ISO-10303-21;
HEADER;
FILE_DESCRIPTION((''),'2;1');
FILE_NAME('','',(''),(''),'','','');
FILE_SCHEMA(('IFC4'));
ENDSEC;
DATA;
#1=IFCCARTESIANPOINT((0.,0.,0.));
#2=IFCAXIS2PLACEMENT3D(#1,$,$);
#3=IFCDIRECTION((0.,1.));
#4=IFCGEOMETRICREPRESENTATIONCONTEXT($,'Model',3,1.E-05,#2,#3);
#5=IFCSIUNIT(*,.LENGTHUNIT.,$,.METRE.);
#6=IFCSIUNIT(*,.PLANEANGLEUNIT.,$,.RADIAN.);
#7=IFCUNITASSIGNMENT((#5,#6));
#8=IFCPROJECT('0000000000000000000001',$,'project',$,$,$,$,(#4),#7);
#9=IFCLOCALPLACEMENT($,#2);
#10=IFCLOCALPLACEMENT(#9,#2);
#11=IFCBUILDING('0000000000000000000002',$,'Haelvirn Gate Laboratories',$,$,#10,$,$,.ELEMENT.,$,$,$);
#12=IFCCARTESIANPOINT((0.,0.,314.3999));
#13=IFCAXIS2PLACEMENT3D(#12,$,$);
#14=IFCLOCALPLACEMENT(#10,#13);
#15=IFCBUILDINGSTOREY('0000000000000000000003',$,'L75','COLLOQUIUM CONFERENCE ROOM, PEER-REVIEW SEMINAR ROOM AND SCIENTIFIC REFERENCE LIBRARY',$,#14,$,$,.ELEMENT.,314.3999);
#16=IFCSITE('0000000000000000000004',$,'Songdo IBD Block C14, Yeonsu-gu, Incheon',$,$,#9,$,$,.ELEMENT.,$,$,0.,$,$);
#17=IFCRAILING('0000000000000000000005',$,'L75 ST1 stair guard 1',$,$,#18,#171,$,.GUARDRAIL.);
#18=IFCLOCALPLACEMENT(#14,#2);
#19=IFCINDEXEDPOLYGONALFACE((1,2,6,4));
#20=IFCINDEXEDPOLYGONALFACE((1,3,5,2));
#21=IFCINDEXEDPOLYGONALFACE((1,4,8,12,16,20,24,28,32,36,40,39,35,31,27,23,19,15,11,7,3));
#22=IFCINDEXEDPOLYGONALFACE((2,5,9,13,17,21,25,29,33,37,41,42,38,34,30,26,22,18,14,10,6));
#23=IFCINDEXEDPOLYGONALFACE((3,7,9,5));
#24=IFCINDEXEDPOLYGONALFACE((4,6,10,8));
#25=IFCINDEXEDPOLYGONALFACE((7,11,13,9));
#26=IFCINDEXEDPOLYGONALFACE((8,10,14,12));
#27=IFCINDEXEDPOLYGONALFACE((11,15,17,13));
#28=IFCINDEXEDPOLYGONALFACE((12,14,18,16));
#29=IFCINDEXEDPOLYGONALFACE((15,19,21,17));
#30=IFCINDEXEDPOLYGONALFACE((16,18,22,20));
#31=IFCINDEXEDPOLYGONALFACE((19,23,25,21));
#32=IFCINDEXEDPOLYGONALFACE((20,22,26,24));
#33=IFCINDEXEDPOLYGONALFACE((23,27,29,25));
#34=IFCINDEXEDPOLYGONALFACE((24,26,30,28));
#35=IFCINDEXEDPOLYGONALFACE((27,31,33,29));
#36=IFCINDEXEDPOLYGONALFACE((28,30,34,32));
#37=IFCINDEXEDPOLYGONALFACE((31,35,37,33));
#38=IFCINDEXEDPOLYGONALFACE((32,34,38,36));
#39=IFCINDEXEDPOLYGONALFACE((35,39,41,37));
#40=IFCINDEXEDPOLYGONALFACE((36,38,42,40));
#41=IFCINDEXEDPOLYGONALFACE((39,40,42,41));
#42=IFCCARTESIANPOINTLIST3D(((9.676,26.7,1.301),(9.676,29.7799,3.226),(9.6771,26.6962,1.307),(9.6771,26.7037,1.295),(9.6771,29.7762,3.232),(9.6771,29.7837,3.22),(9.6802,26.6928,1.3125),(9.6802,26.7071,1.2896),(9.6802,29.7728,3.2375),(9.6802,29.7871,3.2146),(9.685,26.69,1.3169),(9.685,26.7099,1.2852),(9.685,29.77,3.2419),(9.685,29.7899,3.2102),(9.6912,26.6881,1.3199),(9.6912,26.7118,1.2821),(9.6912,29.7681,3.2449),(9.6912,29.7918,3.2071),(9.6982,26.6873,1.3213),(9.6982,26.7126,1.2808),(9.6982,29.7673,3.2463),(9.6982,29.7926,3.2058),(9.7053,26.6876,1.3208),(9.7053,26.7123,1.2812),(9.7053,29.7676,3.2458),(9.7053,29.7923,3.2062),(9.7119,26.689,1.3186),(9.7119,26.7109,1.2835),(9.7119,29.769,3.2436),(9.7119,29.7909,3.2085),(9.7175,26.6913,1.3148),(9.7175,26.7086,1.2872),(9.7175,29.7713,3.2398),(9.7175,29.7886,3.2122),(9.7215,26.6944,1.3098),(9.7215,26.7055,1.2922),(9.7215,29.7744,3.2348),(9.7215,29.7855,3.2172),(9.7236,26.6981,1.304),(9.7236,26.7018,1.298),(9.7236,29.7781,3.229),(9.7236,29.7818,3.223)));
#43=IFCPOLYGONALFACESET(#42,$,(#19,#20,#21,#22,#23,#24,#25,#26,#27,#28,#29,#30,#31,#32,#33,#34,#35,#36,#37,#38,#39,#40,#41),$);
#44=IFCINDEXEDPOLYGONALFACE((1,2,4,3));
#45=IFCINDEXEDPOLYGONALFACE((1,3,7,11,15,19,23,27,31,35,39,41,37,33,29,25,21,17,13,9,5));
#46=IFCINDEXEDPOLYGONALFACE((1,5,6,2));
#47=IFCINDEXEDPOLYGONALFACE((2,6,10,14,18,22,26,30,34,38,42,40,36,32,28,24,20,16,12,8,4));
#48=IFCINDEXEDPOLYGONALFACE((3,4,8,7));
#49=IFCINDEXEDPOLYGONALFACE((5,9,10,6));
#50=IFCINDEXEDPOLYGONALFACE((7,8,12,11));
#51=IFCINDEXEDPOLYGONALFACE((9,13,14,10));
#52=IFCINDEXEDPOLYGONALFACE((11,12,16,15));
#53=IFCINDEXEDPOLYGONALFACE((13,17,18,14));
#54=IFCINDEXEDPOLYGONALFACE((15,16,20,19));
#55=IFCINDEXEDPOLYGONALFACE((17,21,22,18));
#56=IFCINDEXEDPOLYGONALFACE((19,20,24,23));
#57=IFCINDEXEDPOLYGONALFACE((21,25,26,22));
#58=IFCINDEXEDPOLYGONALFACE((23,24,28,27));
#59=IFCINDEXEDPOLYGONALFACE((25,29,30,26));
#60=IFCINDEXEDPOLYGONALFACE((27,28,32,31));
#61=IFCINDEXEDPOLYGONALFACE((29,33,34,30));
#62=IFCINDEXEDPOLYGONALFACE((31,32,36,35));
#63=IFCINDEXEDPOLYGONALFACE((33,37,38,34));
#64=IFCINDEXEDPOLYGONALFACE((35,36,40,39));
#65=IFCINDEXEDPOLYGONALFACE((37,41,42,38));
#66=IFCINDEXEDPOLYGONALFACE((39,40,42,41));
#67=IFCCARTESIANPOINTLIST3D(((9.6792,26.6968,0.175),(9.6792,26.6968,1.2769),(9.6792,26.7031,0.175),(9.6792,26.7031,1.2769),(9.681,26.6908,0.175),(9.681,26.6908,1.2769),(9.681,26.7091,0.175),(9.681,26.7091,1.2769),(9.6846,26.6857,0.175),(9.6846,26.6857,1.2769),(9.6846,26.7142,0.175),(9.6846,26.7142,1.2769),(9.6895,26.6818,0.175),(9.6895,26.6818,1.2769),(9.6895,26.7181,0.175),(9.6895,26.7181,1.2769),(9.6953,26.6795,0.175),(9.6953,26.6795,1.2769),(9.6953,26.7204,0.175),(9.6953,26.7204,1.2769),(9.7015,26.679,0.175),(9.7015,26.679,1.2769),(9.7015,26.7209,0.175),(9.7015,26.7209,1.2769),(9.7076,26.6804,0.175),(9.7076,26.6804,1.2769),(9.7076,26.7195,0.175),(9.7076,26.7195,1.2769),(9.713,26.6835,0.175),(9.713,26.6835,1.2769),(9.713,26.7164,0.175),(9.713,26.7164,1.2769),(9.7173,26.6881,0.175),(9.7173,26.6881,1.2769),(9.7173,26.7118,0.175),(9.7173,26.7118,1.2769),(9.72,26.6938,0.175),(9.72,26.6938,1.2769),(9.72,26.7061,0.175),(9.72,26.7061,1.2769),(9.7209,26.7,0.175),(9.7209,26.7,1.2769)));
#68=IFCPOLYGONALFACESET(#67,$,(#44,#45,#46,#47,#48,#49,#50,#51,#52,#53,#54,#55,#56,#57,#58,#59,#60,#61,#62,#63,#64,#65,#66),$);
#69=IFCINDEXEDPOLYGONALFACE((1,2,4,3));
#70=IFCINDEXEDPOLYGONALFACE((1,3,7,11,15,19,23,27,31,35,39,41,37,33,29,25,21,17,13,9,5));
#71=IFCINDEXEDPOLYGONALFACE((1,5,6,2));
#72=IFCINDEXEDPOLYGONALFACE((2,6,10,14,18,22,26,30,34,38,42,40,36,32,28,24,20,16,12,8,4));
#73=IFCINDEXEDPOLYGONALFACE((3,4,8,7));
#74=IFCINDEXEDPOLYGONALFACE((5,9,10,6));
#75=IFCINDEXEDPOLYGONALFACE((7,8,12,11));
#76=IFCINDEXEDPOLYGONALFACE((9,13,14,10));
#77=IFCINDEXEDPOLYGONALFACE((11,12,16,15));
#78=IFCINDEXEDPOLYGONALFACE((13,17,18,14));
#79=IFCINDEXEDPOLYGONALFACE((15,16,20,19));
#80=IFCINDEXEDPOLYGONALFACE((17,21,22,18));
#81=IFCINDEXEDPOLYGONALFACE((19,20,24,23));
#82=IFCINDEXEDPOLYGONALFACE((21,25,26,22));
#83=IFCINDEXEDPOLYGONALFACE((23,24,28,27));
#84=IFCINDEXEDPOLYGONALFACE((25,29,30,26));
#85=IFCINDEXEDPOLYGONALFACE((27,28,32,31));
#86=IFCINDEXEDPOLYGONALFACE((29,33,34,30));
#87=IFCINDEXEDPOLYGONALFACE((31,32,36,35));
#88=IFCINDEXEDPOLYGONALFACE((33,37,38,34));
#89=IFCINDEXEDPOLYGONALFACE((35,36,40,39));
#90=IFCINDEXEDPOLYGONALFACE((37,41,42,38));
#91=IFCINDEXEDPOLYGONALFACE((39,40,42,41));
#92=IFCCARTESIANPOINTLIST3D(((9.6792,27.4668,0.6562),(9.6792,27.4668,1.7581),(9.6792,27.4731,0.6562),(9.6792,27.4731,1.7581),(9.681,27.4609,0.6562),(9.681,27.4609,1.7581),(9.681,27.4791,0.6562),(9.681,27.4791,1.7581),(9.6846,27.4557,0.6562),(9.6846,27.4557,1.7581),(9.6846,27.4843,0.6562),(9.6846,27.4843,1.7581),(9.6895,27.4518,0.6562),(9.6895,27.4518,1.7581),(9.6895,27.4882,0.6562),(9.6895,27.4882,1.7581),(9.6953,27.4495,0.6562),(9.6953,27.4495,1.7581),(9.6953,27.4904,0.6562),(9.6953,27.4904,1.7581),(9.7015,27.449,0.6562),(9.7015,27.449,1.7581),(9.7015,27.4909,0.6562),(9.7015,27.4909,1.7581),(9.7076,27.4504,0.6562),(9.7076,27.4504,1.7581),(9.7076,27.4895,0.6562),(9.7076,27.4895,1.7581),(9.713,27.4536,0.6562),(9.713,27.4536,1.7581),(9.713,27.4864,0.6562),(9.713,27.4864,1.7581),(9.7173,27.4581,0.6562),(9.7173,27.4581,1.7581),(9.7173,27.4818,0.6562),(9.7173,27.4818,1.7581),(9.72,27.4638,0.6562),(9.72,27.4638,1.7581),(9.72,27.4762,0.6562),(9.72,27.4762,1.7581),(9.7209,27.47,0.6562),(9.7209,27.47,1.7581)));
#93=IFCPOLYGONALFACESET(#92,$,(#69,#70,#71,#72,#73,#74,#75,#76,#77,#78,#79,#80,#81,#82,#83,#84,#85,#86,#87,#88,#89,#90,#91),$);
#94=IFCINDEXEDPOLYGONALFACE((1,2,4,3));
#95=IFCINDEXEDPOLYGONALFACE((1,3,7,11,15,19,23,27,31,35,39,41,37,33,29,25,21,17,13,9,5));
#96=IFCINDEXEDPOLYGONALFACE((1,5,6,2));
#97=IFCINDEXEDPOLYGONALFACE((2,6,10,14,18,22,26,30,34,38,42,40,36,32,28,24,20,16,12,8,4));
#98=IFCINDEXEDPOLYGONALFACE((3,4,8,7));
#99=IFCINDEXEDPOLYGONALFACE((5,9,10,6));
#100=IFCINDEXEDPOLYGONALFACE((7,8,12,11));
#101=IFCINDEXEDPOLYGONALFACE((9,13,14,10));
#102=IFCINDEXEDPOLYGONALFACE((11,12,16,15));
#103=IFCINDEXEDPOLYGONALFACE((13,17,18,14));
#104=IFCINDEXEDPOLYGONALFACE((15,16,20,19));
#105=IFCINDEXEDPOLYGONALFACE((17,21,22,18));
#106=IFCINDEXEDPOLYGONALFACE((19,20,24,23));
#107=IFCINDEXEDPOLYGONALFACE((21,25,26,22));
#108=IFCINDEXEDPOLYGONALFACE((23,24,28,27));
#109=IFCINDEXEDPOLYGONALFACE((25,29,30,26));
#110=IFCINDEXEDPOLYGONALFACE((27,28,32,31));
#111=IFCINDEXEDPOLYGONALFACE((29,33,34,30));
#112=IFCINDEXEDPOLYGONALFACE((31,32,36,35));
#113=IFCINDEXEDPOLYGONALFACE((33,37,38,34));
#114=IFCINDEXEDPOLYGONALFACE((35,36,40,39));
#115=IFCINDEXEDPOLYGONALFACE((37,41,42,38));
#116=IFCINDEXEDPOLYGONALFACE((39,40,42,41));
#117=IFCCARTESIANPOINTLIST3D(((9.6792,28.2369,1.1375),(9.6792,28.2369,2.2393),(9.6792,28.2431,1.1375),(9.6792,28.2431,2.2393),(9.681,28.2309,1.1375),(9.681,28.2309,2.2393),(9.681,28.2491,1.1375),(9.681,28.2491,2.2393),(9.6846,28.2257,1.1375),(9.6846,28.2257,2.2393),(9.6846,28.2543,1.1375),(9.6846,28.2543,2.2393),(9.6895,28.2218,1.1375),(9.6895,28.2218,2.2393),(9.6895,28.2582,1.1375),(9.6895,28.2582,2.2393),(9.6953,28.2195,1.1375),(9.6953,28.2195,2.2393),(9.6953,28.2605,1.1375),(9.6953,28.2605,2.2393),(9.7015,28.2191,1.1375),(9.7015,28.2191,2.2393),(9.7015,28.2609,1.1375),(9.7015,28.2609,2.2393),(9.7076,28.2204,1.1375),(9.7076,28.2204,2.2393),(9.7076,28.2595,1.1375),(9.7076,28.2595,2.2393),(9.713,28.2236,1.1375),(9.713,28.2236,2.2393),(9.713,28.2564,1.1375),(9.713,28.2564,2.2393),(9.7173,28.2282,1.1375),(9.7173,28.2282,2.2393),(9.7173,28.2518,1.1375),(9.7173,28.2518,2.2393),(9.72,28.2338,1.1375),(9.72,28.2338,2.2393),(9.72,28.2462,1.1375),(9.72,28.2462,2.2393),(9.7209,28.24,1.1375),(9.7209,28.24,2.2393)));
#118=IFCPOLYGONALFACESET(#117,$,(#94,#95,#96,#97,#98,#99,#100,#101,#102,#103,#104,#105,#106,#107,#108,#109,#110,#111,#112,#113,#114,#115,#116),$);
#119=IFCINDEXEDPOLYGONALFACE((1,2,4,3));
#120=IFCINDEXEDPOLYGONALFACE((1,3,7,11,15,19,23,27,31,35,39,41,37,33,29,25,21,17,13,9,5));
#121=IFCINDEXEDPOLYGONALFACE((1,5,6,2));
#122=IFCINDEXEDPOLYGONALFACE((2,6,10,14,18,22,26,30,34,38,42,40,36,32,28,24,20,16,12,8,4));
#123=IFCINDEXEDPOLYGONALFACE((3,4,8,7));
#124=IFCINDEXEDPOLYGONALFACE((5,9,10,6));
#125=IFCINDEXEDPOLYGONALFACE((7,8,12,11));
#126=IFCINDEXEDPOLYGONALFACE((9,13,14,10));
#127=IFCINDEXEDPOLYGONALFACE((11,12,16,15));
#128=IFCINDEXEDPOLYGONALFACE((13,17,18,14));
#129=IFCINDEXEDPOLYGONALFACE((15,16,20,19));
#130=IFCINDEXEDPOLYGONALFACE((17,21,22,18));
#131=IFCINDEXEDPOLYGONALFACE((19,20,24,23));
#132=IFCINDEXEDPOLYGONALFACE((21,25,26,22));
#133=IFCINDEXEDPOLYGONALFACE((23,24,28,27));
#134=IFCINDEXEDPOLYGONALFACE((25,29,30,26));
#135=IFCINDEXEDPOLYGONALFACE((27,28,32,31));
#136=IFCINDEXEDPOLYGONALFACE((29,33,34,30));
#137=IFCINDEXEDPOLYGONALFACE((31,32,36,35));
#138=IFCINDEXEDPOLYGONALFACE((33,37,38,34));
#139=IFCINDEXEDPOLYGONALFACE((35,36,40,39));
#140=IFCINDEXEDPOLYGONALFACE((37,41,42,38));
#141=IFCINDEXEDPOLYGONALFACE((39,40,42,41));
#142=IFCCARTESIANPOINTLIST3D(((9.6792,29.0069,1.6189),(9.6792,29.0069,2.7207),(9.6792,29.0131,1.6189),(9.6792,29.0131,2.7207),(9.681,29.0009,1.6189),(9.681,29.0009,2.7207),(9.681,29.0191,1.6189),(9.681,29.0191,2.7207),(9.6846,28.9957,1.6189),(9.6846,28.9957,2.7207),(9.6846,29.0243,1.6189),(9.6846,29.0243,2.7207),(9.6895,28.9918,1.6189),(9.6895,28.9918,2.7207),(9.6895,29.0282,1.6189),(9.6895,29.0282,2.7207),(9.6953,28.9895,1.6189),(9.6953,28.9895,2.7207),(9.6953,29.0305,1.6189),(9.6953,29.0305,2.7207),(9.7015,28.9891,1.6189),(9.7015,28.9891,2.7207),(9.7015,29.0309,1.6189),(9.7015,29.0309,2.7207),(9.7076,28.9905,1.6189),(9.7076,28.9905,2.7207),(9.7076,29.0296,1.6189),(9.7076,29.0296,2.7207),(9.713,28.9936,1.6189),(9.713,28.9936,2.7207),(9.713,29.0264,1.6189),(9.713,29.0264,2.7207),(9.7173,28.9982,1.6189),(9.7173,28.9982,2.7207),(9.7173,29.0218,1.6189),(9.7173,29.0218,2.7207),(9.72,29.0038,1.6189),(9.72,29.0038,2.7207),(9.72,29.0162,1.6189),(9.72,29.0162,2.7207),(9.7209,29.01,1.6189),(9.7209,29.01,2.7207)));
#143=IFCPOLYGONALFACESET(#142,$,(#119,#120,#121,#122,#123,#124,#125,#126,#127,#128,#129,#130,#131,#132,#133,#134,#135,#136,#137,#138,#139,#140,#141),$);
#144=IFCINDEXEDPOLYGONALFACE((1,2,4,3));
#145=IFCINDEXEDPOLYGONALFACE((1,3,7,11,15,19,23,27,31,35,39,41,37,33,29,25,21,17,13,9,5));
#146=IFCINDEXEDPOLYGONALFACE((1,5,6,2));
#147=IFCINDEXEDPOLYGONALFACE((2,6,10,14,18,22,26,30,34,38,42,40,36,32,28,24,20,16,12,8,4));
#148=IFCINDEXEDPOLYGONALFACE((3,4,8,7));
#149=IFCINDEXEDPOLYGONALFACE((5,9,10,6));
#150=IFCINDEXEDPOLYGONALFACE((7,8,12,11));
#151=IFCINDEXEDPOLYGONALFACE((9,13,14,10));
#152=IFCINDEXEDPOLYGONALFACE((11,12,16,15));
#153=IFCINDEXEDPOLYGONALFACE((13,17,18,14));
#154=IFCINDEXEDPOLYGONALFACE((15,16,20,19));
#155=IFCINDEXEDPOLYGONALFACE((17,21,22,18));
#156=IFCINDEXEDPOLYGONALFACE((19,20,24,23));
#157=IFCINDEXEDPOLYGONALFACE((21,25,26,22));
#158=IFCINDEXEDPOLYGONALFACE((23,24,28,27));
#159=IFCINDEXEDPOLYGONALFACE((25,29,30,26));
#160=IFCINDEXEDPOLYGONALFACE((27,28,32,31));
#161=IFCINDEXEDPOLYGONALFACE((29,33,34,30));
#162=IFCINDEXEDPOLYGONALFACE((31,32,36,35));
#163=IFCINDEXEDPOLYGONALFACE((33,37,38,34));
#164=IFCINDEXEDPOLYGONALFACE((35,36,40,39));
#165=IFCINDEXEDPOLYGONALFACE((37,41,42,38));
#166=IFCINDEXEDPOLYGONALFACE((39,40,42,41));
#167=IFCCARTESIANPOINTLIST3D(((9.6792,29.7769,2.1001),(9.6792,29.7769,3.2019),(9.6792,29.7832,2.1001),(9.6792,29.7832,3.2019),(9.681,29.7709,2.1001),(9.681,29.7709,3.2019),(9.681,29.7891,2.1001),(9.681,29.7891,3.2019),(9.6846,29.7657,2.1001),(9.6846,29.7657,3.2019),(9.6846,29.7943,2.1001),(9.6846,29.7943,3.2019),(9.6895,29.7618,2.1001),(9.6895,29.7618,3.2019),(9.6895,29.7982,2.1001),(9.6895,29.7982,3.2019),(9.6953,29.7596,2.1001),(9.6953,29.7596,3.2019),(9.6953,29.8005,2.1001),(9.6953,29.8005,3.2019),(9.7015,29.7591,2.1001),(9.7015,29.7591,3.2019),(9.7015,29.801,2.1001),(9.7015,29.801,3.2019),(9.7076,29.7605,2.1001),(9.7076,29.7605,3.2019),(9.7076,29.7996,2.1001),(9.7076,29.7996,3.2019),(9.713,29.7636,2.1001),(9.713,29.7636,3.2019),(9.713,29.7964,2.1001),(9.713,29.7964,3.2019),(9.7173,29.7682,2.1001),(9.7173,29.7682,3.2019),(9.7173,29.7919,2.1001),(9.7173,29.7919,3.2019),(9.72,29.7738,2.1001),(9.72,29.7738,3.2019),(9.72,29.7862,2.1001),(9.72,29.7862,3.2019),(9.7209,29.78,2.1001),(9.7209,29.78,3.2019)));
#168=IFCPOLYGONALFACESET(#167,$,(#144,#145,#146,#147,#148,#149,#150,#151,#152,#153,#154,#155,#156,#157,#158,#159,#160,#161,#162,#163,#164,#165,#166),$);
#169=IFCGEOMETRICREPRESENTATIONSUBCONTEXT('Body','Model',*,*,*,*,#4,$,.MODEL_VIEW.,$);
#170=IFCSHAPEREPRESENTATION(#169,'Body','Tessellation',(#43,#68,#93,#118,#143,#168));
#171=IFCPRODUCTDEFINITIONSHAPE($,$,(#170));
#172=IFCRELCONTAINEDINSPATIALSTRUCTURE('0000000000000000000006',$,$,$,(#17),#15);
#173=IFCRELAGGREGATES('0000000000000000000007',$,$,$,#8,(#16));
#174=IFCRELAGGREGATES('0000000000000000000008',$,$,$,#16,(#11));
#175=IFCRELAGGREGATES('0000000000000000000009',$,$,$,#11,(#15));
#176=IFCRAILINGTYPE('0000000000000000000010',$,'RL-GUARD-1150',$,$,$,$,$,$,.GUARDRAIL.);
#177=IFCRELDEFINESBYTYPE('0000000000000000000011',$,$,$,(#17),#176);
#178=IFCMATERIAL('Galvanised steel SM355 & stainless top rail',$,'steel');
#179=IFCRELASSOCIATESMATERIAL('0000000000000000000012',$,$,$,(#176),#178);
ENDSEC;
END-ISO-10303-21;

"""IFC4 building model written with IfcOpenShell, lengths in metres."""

from ifc_helpers import new_model, si_unit, direction, frame, origin, origin_2d, place, context, subcontext, project, spatial, circle, extrude, source, transform, mapped, material, type_object, element, save


model = new_model("IFC4")

# Units and contexts
model_context = context("Model", 3, precision=1e-05, world=origin(), true_north=direction((0.0, 1.0)))
body_context = subcontext(model_context, "Body", "Model", "MODEL_VIEW")
ifc_project = project(units=[si_unit("LENGTHUNIT", "METRE"), si_unit("PLANEANGLEUNIT", "RADIAN")], contexts=[model_context])

# Site, building, storey
site_placement = place(None, origin())
site = spatial("IfcSite", under=ifc_project, at=site_placement, Name="Songdo IBD Block C14, Yeonsu-gu, Incheon", CompositionType="ELEMENT", RefElevation=0.0)
building_placement = place(site_placement, origin())
building = spatial("IfcBuilding", under=site, at=building_placement, Name="Haelvirn Gate Laboratories", CompositionType="ELEMENT")
storey_placement = place(building_placement, frame((0.0, 0.0, 314.3999)))
storey = spatial("IfcBuildingStorey", under=building, at=storey_placement, Name="L75", Description="COLLOQUIUM CONFERENCE ROOM, PEER-REVIEW SEMINAR ROOM AND SCIENTIFIC REFERENCE LIBRARY", CompositionType="ELEMENT", Elevation=314.3999)

# Railing
ifc_material_1 = material(Name="Galvanised steel SM355 & stainless top rail", Category="steel")
railing_type_1 = type_object("IfcRailingType", Name="RL-GUARD-1150", PredefinedType="GUARDRAIL", material=ifc_material_1)
shared_shape_1 = source(origin(), body_context, "Body", "SweptSolid", [
    extrude(circle(Radius=0.0239, at=origin_2d()), frame((0.0, 0.0, 1.126), z_axis=(0.0, 0.847998, 0.529999), x_axis=(-1.0, 0.0, 0.0)), (0.0, 0.0, 1.0), 3.6321),
    extrude(circle(Radius=0.021, at=origin_2d()), origin(), (0.0, 0.0, 1.0), 1.1018),
    extrude(circle(Radius=0.021, at=origin_2d()), frame((0.0, 0.77, 0.4812)), (0.0, 0.0, 1.0), 1.1018),
    extrude(circle(Radius=0.021, at=origin_2d()), frame((0.0, 1.54, 0.9624)), (0.0, 0.0, 1.0), 1.1018),
    extrude(circle(Radius=0.021, at=origin_2d()), frame((0.0, 2.3101, 1.4438)), (0.0, 0.0, 1.0), 1.1018),
    extrude(circle(Radius=0.021, at=origin_2d()), frame((0.0, 3.0801, 1.925)), (0.0, 0.0, 1.0), 1.1018),
])
railing_1_placement = place(storey_placement, frame((9.7, 26.7, 0.175)))
element("IfcRailing", 1, at=railing_1_placement, inside=storey, type_object=railing_type_1, Name="L75 ST1 stair guard 1", PredefinedType="GUARDRAIL", context=body_context, shape_type="MappedRepresentation", body=[
    mapped(shared_shape_1, transform((0.0, 0.0, 0.0), scale=1.0)),
])

save(model, "model.ifc")
